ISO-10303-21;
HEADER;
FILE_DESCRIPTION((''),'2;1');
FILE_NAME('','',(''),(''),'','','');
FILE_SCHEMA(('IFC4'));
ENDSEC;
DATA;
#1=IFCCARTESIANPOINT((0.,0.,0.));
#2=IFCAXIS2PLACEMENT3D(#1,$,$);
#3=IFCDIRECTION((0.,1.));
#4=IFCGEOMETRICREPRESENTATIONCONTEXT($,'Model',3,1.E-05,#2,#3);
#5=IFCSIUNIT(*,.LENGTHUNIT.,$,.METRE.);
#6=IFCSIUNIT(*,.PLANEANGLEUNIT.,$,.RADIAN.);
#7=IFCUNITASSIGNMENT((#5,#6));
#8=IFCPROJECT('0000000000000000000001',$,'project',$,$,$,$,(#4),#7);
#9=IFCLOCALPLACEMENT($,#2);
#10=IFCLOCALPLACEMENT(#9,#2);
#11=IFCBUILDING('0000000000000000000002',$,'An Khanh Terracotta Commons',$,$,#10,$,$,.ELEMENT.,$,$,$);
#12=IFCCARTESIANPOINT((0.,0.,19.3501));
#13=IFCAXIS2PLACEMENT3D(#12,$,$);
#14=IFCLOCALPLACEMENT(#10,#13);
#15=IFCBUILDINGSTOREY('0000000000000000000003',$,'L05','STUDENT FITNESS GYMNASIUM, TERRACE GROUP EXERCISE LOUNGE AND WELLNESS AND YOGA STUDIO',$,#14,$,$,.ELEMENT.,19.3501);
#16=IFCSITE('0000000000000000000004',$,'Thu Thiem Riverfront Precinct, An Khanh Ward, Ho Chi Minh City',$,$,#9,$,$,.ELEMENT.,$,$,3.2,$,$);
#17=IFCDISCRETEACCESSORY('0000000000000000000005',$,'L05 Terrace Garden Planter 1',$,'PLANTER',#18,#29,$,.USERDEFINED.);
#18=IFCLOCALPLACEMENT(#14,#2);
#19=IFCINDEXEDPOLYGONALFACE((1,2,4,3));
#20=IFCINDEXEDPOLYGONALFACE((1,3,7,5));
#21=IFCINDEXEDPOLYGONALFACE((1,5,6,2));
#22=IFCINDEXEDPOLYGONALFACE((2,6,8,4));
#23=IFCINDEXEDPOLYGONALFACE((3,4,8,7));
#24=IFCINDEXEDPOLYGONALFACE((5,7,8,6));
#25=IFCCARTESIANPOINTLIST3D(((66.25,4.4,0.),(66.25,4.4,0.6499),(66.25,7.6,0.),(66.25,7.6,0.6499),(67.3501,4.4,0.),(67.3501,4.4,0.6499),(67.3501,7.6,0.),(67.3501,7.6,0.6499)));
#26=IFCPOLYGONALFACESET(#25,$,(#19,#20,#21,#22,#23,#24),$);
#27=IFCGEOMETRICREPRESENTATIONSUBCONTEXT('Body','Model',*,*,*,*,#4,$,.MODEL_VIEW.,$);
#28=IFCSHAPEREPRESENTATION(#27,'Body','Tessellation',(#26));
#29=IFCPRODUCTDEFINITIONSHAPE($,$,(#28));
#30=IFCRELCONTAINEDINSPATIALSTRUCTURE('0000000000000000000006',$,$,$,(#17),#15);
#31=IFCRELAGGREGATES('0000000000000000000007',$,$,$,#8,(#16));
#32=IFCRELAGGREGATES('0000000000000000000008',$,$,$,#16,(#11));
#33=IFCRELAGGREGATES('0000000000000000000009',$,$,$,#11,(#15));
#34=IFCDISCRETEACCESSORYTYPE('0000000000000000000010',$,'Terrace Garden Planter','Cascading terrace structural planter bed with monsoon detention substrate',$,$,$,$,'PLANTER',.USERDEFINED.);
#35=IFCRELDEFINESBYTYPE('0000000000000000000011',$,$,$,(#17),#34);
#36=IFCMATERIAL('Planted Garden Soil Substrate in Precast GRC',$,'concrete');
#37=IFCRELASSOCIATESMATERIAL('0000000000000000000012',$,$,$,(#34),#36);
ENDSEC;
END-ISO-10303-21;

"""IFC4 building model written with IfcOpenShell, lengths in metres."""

from ifc_helpers import new_model, si_unit, direction, frame, origin, origin_2d, place, context, subcontext, project, spatial, rectangle, extrude, material, type_object, element, save


model = new_model("IFC4")

# Units and contexts
model_context = context("Model", 3, precision=1e-05, world=origin(), true_north=direction((0.0, 1.0)))
body_context = subcontext(model_context, "Body", "Model", "MODEL_VIEW")
ifc_project = project(units=[si_unit("LENGTHUNIT", "METRE"), si_unit("PLANEANGLEUNIT", "RADIAN")], contexts=[model_context])

# Site, building, storey
site_placement = place(None, origin())
site = spatial("IfcSite", under=ifc_project, at=site_placement, Name="Thu Thiem Riverfront Precinct, An Khanh Ward, Ho Chi Minh City", CompositionType="ELEMENT", RefElevation=3.2)
building_placement = place(site_placement, origin())
building = spatial("IfcBuilding", under=site, at=building_placement, Name="An Khanh Terracotta Commons", CompositionType="ELEMENT")
storey_placement = place(building_placement, frame((0.0, 0.0, 19.3501)))
storey = spatial("IfcBuildingStorey", under=building, at=storey_placement, Name="L05", Description="STUDENT FITNESS GYMNASIUM, TERRACE GROUP EXERCISE LOUNGE AND WELLNESS AND YOGA STUDIO", CompositionType="ELEMENT", Elevation=19.3501)

# Discrete accessory
ifc_material_1 = material(Name="Planted Garden Soil Substrate in Precast GRC", Category="concrete")
discrete_accessory_type_1 = type_object("IfcDiscreteAccessoryType", Name="Terrace Garden Planter", Description="Cascading terrace structural planter bed with monsoon detention substrate", ElementType="PLANTER", PredefinedType="USERDEFINED", material=ifc_material_1)
discrete_accessory_1_placement = place(storey_placement, frame((66.8, 6.0, 0.0), z_axis=(0.0, 0.0, 1.0), x_axis=(1.0, 0.0, 0.0)))
element("IfcDiscreteAccessory", 1, at=discrete_accessory_1_placement, inside=storey, type_object=discrete_accessory_type_1, Name="L05 Terrace Garden Planter 1", ObjectType="PLANTER", PredefinedType="USERDEFINED", context=body_context, shape_type="SweptSolid", body=[
    extrude(rectangle(XDim=1.1001, YDim=3.2, at=origin_2d()), origin(), (0.0, 0.0, 1.0), 0.6499),
])

save(model, "model.ifc")
